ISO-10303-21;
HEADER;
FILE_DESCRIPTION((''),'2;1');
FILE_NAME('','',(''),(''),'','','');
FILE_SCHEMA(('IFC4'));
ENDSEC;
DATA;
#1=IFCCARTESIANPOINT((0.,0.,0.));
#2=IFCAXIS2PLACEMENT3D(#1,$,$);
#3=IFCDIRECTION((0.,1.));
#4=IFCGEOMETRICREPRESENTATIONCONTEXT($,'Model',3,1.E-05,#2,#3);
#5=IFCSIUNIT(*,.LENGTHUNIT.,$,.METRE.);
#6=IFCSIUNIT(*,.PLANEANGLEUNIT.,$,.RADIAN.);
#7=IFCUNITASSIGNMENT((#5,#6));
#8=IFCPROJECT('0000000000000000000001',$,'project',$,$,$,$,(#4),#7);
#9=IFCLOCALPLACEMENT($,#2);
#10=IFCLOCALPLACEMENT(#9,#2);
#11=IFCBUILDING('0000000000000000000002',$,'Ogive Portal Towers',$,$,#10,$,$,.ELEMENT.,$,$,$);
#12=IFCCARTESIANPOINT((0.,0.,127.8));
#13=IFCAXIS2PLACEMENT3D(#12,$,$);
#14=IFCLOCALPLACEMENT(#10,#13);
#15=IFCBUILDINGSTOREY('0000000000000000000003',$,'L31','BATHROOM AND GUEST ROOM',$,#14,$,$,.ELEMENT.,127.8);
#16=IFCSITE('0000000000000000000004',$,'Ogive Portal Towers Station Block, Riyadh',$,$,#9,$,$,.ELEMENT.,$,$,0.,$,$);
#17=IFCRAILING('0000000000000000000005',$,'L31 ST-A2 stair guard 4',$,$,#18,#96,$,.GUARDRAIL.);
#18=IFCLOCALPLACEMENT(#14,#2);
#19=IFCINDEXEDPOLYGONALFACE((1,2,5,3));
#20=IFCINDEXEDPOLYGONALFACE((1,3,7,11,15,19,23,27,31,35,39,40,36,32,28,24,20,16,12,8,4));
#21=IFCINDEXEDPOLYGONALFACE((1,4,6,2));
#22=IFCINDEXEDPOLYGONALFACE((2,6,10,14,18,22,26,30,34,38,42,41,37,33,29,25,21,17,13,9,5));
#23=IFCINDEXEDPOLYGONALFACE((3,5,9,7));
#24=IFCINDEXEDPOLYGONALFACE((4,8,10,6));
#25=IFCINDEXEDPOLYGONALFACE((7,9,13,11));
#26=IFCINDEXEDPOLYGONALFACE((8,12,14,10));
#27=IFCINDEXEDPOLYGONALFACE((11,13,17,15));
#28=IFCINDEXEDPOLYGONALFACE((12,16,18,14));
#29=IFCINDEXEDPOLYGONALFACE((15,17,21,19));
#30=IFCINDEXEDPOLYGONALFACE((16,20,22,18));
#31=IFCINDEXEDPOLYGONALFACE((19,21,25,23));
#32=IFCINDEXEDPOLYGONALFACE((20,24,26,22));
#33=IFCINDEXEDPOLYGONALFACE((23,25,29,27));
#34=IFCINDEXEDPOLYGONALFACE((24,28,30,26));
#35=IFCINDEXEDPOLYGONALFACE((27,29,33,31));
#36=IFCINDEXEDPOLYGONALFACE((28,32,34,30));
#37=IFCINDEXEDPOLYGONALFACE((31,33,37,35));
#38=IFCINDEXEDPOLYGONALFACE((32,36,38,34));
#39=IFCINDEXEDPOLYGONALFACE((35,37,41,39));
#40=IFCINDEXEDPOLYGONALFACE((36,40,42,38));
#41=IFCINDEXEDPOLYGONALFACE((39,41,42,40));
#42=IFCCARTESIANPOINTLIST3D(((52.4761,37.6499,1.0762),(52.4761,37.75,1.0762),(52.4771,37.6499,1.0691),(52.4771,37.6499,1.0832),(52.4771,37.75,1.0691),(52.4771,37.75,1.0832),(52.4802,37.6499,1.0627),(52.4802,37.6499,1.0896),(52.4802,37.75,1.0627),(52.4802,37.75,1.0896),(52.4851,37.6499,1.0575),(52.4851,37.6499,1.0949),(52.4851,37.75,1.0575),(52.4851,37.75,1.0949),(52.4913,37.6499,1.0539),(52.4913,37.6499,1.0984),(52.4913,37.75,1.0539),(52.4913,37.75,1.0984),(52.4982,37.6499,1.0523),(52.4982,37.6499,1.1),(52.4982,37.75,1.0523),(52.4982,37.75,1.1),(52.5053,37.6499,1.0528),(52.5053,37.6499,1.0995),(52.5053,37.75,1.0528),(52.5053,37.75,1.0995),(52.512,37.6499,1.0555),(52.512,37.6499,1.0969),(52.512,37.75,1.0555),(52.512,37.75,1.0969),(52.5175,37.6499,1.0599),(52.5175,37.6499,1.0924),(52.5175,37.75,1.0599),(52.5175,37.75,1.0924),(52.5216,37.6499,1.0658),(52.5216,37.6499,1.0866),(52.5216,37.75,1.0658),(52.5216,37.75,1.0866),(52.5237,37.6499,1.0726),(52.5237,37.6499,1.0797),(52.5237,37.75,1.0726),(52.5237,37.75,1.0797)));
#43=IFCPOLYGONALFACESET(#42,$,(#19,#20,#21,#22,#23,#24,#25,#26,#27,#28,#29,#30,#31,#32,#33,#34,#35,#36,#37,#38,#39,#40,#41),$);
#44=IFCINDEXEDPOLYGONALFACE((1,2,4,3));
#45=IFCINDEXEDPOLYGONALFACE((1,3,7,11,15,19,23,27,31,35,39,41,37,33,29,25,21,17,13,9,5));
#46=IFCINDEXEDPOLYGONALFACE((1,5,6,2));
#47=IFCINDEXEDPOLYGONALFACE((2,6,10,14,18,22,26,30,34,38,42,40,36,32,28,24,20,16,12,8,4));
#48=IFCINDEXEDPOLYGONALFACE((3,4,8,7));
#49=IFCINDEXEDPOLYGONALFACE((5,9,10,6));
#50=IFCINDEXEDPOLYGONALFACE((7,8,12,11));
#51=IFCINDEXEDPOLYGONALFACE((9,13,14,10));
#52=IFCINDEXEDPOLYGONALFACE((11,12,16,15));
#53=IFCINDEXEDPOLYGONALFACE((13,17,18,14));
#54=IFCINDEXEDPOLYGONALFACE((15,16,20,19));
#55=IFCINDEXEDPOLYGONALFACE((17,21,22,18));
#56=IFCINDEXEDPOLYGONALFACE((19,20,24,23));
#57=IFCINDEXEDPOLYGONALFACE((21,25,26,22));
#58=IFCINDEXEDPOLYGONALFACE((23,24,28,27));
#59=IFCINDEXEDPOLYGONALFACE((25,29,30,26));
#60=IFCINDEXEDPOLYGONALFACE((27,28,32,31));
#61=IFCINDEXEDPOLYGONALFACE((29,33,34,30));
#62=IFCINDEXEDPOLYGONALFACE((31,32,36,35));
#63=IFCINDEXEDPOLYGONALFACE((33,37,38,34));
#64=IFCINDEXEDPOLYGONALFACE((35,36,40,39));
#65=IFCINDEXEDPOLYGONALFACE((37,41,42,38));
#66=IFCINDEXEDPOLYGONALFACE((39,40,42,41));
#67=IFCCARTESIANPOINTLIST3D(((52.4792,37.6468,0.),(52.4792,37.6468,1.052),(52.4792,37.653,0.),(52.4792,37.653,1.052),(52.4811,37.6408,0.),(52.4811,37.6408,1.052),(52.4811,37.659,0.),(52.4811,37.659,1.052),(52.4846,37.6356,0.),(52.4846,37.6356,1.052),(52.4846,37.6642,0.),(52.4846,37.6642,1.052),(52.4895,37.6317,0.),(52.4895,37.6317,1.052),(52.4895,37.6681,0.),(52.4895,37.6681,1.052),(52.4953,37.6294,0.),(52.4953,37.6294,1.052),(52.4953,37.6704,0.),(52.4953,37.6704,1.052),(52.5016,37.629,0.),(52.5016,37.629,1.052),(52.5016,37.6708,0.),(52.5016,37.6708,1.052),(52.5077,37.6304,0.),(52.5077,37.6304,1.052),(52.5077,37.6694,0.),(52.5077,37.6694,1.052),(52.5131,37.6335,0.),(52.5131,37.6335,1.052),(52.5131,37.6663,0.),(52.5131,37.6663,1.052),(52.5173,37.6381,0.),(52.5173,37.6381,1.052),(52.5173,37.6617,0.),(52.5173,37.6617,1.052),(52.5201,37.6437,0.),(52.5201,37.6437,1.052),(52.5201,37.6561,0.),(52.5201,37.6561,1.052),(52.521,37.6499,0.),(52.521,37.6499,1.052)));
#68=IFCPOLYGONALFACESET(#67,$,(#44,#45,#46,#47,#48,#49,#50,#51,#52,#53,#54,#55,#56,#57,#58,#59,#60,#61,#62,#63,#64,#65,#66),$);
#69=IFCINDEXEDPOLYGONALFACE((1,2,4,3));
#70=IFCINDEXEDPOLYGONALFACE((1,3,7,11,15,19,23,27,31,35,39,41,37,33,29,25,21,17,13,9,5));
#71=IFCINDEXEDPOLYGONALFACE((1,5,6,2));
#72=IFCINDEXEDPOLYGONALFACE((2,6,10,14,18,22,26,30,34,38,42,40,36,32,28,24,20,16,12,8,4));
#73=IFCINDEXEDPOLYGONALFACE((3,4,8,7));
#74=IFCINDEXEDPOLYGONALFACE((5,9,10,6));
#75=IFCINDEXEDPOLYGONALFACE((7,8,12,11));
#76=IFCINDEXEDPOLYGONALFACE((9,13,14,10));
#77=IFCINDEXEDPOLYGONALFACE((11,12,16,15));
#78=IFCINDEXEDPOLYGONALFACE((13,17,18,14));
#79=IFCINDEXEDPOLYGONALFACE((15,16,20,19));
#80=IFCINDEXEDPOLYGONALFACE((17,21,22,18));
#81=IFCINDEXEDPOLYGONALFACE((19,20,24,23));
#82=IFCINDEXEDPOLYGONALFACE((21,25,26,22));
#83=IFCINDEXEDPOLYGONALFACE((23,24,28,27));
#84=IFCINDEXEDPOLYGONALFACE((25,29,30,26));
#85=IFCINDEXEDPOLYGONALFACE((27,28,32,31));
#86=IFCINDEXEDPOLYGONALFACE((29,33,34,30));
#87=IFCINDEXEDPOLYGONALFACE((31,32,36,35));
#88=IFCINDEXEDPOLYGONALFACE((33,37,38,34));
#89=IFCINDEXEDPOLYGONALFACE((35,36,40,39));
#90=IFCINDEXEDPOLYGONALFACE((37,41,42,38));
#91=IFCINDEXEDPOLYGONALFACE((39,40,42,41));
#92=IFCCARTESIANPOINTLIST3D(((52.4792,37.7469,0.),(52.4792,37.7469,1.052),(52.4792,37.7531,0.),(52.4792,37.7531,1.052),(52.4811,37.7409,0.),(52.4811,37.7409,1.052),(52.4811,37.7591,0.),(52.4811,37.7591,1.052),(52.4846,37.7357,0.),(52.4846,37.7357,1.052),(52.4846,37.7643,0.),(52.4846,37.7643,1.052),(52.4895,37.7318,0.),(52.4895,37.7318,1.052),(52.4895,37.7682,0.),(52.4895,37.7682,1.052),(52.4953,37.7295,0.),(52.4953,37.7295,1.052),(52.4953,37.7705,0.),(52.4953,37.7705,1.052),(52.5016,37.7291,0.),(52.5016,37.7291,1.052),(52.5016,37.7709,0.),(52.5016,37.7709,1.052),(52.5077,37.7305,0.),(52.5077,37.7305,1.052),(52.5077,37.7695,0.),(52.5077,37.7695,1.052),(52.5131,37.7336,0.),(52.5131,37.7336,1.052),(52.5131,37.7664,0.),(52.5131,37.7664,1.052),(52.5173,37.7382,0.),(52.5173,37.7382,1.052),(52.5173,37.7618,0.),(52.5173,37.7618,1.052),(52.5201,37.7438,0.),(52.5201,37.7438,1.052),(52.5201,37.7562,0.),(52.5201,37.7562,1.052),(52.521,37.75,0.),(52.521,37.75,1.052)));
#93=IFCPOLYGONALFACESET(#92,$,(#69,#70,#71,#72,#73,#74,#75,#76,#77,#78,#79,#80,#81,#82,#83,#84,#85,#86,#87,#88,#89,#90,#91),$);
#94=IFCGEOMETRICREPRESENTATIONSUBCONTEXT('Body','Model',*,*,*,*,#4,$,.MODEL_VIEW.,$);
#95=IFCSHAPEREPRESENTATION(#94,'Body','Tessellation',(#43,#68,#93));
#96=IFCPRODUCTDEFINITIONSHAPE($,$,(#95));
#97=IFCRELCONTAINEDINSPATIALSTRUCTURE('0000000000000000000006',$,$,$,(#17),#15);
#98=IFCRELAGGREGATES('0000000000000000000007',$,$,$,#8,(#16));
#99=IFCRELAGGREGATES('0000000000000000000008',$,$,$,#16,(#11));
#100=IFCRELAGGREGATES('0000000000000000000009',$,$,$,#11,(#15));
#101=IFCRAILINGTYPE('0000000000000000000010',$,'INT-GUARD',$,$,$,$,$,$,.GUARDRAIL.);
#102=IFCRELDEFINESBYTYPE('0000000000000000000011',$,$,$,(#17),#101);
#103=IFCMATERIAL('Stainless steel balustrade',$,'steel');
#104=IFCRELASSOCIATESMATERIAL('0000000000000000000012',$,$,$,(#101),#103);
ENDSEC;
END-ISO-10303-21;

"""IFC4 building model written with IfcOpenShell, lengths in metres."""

from ifc_helpers import new_model, si_unit, direction, frame, origin, origin_2d, place, context, subcontext, project, spatial, circle, extrude, material, type_object, element, save


model = new_model("IFC4")

# Units and contexts
model_context = context("Model", 3, precision=1e-05, world=origin(), true_north=direction((0.0, 1.0)))
body_context = subcontext(model_context, "Body", "Model", "MODEL_VIEW")
ifc_project = project(units=[si_unit("LENGTHUNIT", "METRE"), si_unit("PLANEANGLEUNIT", "RADIAN")], contexts=[model_context])

# Site, building, storey
site_placement = place(None, origin())
site = spatial("IfcSite", under=ifc_project, at=site_placement, Name="Ogive Portal Towers Station Block, Riyadh", CompositionType="ELEMENT", RefElevation=0.0)
building_placement = place(site_placement, origin())
building = spatial("IfcBuilding", under=site, at=building_placement, Name="Ogive Portal Towers", CompositionType="ELEMENT")
storey_placement = place(building_placement, frame((0.0, 0.0, 127.8)))
storey = spatial("IfcBuildingStorey", under=building, at=storey_placement, Name="L31", Description="BATHROOM AND GUEST ROOM", CompositionType="ELEMENT", Elevation=127.8)

# Railing
ifc_material_1 = material(Name="Stainless steel balustrade", Category="steel")
railing_type_1 = type_object("IfcRailingType", Name="INT-GUARD", PredefinedType="GUARDRAIL", material=ifc_material_1)
railing_1_placement = place(storey_placement, frame((52.5, 37.6499, 0.0)))
element("IfcRailing", 1, at=railing_1_placement, inside=storey, type_object=railing_type_1, Name="L31 ST-A2 stair guard 4", PredefinedType="GUARDRAIL", context=body_context, shape_type="SweptSolid", body=[
    extrude(circle(Radius=0.0239, at=origin_2d()), frame((0.0, 0.0, 1.0762), z_axis=(0.0, 1.0, 0.0), x_axis=(-1.0, 0.0, 0.0)), (0.0, 0.0, 1.0), 0.1001),
    extrude(circle(Radius=0.021, at=origin_2d()), origin(), (0.0, 0.0, 1.0), 1.052),
    extrude(circle(Radius=0.021, at=origin_2d()), frame((0.0, 0.1001, 0.0)), (0.0, 0.0, 1.0), 1.052),
])

save(model, "model.ifc")
